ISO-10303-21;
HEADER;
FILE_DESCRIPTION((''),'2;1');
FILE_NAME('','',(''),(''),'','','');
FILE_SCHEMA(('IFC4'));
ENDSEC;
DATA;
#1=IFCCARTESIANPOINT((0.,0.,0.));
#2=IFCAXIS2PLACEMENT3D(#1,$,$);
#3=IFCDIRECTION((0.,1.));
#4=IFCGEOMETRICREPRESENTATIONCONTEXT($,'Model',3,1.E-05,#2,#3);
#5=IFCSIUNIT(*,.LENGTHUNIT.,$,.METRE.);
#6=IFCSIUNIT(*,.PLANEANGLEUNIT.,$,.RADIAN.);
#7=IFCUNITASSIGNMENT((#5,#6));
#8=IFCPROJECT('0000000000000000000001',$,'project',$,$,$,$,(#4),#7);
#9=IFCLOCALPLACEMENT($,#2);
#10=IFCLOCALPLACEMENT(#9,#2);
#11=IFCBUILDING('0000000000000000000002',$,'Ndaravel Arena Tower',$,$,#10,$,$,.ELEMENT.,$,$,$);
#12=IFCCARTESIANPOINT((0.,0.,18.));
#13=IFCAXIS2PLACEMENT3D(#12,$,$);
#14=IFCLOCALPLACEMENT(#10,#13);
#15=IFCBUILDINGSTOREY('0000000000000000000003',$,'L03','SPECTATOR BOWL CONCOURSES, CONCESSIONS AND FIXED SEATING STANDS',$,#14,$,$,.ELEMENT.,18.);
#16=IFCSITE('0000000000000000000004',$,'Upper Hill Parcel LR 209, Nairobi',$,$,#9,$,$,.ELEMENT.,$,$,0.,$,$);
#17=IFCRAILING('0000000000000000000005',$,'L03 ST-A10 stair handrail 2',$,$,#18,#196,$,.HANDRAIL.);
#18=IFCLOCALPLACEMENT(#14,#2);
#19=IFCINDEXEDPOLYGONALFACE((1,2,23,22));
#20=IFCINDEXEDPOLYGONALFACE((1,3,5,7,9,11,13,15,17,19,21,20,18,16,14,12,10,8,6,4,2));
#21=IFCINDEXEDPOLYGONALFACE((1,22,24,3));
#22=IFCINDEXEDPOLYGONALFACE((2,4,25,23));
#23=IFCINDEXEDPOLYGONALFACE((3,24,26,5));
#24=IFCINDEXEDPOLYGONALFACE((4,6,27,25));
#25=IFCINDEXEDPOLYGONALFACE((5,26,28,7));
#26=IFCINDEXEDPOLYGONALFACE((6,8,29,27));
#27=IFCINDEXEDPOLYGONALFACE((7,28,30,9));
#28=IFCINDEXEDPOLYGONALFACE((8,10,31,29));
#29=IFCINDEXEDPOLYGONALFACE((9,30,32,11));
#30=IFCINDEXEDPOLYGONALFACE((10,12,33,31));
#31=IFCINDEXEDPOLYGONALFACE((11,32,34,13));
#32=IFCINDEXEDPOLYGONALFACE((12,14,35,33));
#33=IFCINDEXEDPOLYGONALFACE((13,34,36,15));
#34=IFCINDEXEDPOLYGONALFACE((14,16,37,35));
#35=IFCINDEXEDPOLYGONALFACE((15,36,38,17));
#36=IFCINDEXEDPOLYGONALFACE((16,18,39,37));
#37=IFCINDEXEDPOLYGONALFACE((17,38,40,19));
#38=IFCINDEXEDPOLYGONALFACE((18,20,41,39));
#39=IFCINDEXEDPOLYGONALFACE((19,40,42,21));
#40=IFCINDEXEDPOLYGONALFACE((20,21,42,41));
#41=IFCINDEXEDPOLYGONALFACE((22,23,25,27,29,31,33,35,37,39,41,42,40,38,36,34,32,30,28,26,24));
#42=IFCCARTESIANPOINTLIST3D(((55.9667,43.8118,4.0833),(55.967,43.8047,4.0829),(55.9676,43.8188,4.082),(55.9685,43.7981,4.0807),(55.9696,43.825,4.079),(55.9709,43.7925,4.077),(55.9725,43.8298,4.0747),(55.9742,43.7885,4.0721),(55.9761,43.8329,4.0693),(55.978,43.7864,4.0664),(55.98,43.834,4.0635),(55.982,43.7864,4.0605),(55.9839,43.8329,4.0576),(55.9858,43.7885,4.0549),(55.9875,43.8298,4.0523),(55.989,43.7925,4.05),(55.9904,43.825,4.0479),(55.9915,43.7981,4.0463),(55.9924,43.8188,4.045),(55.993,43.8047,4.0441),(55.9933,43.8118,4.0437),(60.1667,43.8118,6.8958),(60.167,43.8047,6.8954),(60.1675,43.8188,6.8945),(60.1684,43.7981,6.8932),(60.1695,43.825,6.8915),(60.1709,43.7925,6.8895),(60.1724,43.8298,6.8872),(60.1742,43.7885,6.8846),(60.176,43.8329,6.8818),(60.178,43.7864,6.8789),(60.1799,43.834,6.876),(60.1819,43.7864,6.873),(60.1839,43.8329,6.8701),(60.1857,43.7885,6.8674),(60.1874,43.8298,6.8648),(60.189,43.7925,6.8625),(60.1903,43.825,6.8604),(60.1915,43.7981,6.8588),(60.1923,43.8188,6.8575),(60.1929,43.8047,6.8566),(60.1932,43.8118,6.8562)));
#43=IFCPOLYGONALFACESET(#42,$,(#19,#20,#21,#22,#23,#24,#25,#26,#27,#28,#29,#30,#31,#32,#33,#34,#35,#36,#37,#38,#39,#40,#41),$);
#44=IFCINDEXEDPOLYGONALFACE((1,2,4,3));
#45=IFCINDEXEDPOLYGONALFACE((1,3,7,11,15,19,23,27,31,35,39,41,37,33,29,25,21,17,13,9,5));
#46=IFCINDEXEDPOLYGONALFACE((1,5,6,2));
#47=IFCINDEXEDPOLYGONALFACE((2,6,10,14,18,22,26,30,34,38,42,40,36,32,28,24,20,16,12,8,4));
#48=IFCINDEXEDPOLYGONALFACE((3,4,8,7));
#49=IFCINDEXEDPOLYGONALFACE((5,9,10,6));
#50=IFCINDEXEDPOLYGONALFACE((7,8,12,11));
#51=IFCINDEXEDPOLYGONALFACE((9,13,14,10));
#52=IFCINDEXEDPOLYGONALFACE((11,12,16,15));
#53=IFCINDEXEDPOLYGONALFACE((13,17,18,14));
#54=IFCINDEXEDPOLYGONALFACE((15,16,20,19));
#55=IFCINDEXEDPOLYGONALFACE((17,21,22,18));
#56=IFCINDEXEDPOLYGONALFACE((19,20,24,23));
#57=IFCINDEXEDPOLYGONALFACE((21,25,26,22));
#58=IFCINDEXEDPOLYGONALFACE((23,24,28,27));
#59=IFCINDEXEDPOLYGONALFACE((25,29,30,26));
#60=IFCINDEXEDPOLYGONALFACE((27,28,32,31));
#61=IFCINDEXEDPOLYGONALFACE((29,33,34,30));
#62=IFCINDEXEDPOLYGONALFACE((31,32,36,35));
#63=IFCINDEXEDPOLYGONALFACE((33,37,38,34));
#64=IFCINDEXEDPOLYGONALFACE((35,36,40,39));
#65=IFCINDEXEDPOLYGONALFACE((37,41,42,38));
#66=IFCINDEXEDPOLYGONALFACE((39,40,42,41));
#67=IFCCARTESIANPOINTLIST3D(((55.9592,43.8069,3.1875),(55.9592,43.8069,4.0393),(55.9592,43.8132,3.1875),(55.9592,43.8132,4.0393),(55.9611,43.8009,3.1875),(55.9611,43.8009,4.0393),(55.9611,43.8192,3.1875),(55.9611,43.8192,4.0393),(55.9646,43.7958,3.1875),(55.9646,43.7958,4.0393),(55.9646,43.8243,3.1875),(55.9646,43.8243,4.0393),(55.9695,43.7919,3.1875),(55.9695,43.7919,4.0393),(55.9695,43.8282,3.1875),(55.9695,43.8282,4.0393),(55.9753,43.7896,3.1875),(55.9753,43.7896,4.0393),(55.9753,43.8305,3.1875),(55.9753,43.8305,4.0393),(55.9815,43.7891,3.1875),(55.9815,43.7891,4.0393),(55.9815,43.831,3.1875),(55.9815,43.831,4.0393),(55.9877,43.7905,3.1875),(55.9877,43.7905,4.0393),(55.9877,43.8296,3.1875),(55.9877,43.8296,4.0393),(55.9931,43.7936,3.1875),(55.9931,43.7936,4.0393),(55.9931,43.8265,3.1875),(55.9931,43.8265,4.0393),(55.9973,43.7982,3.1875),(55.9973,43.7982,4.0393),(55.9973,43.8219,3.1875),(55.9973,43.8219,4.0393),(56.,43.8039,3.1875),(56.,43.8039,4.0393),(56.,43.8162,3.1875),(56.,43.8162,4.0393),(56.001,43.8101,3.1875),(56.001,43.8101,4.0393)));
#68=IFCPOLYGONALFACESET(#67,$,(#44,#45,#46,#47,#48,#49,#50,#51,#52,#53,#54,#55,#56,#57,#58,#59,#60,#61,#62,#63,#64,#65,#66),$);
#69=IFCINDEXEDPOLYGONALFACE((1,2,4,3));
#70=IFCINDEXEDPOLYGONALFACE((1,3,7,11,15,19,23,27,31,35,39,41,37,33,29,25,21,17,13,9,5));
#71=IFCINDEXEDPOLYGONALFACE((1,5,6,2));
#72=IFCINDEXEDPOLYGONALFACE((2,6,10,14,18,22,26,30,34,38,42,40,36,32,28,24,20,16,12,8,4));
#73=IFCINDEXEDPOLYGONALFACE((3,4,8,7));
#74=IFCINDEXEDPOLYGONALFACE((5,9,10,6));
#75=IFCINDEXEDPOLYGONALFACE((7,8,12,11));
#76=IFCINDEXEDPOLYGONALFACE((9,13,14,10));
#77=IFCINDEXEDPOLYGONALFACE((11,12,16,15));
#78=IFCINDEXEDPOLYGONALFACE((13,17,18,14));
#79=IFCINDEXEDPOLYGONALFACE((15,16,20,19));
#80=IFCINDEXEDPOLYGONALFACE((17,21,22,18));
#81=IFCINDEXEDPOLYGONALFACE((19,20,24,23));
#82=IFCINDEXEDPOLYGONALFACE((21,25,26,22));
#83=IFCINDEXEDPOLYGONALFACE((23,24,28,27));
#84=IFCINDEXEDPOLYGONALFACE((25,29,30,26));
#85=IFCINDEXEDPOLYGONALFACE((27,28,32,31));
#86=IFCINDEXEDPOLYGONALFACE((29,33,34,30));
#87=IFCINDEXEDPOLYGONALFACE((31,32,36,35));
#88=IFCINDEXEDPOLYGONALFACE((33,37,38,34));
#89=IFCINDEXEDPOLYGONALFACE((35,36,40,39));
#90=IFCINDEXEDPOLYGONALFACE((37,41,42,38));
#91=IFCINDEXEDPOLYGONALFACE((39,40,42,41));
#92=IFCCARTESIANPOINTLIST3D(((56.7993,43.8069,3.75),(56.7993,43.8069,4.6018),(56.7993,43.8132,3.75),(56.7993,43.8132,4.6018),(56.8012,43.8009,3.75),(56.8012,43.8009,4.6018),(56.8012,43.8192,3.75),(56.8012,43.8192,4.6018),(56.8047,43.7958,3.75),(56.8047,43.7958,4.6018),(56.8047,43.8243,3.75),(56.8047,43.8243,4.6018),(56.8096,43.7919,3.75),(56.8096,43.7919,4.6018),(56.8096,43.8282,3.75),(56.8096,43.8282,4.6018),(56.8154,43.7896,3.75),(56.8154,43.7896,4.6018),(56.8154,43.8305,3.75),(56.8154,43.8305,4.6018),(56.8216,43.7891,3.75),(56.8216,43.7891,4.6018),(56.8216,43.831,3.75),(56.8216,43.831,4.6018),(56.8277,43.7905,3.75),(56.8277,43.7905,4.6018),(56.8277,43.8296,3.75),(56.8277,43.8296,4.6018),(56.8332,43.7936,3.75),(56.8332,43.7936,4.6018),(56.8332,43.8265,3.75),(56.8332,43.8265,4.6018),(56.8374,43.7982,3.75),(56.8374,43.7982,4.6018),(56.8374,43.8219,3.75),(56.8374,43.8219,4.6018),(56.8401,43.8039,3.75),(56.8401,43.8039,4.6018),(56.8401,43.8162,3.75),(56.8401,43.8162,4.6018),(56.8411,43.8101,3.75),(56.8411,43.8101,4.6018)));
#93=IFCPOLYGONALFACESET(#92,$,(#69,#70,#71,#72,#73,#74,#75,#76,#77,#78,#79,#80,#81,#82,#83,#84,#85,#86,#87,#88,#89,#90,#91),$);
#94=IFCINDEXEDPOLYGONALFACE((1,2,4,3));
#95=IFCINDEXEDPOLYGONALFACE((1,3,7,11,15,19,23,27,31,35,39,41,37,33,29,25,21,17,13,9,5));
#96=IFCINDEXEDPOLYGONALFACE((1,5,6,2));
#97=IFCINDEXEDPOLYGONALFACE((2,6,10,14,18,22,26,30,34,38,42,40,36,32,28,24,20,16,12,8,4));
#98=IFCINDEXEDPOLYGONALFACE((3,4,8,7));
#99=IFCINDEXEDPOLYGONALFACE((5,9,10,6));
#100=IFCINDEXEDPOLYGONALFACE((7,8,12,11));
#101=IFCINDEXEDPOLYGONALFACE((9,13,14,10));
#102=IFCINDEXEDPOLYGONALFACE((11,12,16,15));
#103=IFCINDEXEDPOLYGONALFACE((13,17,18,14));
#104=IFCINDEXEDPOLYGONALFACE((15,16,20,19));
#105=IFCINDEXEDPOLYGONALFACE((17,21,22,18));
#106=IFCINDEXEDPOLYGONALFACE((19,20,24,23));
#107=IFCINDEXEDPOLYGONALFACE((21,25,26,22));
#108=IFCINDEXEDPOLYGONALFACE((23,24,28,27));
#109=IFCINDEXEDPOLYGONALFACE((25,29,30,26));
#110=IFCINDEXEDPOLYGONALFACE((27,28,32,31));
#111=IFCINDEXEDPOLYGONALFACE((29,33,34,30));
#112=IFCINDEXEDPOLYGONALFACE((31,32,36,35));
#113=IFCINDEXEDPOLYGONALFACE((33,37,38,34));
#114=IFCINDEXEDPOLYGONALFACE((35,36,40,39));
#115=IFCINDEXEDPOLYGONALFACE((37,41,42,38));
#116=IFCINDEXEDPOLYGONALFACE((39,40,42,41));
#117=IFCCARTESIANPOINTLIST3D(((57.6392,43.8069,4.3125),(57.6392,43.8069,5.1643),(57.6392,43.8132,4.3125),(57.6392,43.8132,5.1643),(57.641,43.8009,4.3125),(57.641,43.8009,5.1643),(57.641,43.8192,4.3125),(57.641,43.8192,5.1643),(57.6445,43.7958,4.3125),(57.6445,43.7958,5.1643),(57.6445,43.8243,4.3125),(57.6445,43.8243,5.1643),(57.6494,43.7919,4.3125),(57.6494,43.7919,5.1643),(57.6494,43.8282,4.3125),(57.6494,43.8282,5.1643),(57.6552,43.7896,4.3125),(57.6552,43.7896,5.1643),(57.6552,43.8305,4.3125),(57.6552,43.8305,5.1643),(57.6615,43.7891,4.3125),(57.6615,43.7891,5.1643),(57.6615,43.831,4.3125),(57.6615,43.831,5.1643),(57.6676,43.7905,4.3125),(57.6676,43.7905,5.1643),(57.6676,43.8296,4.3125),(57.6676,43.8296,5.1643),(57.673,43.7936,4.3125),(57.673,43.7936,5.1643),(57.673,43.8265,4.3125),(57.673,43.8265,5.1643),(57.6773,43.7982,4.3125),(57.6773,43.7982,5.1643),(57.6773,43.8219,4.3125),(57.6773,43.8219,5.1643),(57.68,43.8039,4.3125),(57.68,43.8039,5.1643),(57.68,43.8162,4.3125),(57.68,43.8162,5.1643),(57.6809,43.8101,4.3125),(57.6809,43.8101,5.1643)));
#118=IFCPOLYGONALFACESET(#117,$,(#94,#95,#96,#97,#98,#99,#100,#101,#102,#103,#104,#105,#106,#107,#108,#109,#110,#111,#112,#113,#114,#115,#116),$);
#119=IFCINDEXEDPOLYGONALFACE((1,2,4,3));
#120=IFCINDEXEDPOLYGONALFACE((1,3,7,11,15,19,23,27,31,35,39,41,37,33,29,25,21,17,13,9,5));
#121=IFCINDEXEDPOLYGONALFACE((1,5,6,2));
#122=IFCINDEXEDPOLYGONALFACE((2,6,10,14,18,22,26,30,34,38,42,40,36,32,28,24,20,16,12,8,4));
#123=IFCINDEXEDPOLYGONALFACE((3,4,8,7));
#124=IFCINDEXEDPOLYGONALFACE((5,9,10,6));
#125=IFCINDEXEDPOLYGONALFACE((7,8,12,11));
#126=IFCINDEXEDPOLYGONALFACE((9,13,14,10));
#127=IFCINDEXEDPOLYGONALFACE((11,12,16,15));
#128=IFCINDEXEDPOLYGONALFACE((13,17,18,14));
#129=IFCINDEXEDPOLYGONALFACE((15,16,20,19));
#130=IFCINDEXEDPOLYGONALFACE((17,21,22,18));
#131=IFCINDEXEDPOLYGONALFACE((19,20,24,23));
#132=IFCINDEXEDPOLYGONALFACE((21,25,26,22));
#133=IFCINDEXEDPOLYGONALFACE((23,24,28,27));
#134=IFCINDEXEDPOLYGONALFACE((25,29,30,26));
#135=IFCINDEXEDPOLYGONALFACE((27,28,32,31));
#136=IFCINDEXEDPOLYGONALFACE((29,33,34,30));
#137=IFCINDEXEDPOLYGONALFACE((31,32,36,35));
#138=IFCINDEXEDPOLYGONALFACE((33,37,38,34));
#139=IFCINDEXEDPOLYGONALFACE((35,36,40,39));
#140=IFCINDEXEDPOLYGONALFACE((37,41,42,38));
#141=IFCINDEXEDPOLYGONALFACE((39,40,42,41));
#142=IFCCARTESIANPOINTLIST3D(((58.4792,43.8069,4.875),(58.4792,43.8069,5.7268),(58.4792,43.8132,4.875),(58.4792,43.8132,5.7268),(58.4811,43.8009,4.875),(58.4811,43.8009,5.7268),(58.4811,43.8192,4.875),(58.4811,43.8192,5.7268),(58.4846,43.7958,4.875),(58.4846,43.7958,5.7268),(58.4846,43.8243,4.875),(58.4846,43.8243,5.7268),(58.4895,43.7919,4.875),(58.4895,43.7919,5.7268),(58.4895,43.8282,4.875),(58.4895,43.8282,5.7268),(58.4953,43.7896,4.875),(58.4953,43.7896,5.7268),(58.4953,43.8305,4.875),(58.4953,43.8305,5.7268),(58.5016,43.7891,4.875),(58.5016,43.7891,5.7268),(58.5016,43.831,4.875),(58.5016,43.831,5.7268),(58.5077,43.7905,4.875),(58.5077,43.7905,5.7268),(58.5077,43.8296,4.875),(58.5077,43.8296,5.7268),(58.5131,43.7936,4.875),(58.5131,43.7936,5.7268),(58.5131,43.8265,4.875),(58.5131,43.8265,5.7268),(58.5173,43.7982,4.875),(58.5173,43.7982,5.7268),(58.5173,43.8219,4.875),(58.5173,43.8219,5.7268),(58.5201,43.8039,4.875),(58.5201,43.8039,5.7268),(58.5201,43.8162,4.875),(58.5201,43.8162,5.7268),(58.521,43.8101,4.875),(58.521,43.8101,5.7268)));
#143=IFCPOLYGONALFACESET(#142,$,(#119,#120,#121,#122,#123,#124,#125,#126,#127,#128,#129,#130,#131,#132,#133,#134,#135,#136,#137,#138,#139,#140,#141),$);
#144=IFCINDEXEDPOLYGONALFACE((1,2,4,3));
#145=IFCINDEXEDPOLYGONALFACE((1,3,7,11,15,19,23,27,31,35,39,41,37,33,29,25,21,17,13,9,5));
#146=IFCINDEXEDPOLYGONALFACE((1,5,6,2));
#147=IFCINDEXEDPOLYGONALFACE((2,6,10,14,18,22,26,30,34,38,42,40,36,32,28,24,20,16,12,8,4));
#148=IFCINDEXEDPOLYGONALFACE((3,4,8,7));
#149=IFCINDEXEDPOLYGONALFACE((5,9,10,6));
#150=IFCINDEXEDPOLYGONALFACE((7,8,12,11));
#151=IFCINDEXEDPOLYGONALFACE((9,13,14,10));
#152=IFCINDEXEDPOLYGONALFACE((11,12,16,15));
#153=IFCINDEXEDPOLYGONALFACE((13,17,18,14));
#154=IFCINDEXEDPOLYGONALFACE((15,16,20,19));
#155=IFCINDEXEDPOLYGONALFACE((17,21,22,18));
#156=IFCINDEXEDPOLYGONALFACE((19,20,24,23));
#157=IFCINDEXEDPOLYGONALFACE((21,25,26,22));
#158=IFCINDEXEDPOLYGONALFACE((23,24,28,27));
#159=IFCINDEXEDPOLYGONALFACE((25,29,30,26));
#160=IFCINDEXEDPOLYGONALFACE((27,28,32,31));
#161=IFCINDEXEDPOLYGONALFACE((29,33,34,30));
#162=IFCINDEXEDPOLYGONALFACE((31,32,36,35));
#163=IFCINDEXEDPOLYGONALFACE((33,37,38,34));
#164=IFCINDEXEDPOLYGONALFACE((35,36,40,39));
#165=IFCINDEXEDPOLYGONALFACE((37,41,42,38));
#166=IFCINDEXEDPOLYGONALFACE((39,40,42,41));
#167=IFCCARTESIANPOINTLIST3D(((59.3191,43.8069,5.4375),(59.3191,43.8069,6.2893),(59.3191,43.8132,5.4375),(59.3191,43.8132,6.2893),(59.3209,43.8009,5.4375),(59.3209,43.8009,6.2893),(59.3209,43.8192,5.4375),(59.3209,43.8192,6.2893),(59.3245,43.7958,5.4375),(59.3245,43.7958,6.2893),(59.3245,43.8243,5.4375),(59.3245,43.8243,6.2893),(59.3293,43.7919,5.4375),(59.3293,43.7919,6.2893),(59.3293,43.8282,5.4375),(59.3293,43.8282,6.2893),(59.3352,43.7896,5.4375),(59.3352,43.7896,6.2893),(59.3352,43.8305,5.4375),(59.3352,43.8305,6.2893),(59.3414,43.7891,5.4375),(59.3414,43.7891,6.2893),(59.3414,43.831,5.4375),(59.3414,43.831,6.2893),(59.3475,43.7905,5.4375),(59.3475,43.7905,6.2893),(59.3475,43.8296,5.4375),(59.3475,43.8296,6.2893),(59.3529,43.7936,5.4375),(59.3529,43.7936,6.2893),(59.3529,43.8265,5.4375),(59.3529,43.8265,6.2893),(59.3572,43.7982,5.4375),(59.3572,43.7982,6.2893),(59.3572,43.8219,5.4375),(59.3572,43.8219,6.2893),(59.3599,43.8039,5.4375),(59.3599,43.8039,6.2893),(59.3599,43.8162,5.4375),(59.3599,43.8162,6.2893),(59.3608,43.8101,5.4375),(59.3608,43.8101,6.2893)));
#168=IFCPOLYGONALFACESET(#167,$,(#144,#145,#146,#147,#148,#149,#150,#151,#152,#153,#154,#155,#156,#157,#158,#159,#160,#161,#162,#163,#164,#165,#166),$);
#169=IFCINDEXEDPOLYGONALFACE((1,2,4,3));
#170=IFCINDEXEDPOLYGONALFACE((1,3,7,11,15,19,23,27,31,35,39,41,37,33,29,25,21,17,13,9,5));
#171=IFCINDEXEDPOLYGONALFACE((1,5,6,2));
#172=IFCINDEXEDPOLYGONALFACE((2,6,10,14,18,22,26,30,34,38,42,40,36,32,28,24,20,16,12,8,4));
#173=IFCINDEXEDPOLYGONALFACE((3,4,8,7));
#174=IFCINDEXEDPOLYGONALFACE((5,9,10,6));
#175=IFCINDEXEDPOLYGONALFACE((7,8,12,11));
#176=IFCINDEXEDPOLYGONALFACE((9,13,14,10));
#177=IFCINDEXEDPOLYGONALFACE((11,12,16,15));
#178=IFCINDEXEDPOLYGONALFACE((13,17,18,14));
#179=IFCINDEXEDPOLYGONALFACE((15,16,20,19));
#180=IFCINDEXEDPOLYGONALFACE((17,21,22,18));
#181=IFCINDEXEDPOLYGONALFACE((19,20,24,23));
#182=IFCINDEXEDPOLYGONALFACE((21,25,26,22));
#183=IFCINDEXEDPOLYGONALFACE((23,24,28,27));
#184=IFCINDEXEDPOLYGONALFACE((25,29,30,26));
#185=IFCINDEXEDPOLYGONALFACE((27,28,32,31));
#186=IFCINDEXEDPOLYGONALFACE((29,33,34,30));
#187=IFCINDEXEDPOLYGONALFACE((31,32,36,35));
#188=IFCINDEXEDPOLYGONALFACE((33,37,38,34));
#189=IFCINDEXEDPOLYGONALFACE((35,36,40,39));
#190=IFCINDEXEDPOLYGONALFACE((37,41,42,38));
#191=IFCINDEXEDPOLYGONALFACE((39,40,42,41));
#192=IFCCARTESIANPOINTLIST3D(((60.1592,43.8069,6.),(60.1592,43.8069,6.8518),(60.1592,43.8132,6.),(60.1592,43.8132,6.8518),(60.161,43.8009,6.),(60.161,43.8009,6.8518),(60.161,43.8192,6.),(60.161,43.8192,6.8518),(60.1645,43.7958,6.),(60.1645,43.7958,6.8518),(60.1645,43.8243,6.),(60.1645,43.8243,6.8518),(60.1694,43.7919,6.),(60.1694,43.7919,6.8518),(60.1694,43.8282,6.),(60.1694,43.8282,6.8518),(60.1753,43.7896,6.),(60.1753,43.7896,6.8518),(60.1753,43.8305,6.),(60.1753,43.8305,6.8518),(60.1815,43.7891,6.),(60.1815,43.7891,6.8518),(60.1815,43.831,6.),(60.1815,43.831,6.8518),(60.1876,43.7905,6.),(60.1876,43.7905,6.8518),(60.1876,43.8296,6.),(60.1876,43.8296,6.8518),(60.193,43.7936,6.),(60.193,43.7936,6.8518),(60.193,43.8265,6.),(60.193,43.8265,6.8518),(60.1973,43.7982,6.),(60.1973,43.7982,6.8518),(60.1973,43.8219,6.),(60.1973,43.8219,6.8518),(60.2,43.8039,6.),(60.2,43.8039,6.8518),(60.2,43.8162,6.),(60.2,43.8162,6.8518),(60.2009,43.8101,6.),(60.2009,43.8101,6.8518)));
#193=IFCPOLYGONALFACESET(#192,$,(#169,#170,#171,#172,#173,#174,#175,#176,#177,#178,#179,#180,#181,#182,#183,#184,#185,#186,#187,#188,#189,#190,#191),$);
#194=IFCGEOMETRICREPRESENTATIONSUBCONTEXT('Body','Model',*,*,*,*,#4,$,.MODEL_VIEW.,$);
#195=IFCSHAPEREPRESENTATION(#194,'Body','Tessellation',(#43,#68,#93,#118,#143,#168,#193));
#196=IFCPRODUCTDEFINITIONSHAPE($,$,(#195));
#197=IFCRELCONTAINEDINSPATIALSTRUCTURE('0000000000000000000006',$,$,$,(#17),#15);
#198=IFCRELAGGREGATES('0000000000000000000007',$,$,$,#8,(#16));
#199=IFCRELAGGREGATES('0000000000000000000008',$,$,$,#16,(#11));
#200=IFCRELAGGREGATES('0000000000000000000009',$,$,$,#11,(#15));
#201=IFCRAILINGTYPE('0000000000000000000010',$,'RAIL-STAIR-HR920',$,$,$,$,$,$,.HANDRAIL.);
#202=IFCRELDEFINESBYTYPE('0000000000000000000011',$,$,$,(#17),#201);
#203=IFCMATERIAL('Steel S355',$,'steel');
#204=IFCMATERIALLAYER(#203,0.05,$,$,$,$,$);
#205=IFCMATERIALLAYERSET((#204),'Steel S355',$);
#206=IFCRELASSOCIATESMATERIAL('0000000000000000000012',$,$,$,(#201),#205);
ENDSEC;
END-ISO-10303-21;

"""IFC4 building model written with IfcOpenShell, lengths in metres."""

from ifc_helpers import new_model, si_unit, direction, frame, origin, origin_2d, place, context, subcontext, project, spatial, circle, extrude, material, layer, layer_set, type_object, element, save


model = new_model("IFC4")

# Units and contexts
model_context = context("Model", 3, precision=1e-05, world=origin(), true_north=direction((0.0, 1.0)))
body_context = subcontext(model_context, "Body", "Model", "MODEL_VIEW")
ifc_project = project(units=[si_unit("LENGTHUNIT", "METRE"), si_unit("PLANEANGLEUNIT", "RADIAN")], contexts=[model_context])

# Site, building, storey
site_placement = place(None, origin())
site = spatial("IfcSite", under=ifc_project, at=site_placement, Name="Upper Hill Parcel LR 209, Nairobi", CompositionType="ELEMENT", RefElevation=0.0)
building_placement = place(site_placement, origin())
building = spatial("IfcBuilding", under=site, at=building_placement, Name="Ndaravel Arena Tower", CompositionType="ELEMENT")
storey_placement = place(building_placement, frame((0.0, 0.0, 18.0)))
storey = spatial("IfcBuildingStorey", under=building, at=storey_placement, Name="L03", Description="SPECTATOR BOWL CONCOURSES, CONCESSIONS AND FIXED SEATING STANDS", CompositionType="ELEMENT", Elevation=18.0)

# Railing
ifc_material_1 = material(Name="Steel S355", Category="steel")
ifc_layer_1 = layer(ifc_material_1, 0.05)
ifc_layer_set_1 = layer_set([ifc_layer_1], Name="Steel S355")
railing_type_1 = type_object("IfcRailingType", Name="RAIL-STAIR-HR920", PredefinedType="HANDRAIL", material=ifc_layer_set_1)
railing_1_placement = place(storey_placement, frame((55.98, 43.8101, 3.1875)))
element("IfcRailing", 1, at=railing_1_placement, inside=storey, type_object=railing_type_1, Name="L03 ST-A10 stair handrail 2", PredefinedType="HANDRAIL", context=body_context, shape_type="SweptSolid", body=[
    extrude(circle(Radius=0.0239, at=origin_2d()), frame((0.0, 0.0, 0.876), z_axis=(0.830904, 0.0, 0.556416), x_axis=(0.0, 1.0, 0.0)), (0.0, 0.0, 1.0), 5.0547),
    extrude(circle(Radius=0.021, at=origin_2d()), origin(), (0.0, 0.0, 1.0), 0.8518),
    extrude(circle(Radius=0.021, at=origin_2d()), frame((0.8401, 0.0, 0.5625)), (0.0, 0.0, 1.0), 0.8518),
    extrude(circle(Radius=0.021, at=origin_2d()), frame((1.6799, 0.0, 1.125)), (0.0, 0.0, 1.0), 0.8518),
    extrude(circle(Radius=0.021, at=origin_2d()), frame((2.52, 0.0, 1.6875)), (0.0, 0.0, 1.0), 0.8518),
    extrude(circle(Radius=0.021, at=origin_2d()), frame((3.3599, 0.0, 2.25)), (0.0, 0.0, 1.0), 0.8518),
    extrude(circle(Radius=0.021, at=origin_2d()), frame((4.2, 0.0, 2.8125)), (0.0, 0.0, 1.0), 0.8518),
])

save(model, "model.ifc")
